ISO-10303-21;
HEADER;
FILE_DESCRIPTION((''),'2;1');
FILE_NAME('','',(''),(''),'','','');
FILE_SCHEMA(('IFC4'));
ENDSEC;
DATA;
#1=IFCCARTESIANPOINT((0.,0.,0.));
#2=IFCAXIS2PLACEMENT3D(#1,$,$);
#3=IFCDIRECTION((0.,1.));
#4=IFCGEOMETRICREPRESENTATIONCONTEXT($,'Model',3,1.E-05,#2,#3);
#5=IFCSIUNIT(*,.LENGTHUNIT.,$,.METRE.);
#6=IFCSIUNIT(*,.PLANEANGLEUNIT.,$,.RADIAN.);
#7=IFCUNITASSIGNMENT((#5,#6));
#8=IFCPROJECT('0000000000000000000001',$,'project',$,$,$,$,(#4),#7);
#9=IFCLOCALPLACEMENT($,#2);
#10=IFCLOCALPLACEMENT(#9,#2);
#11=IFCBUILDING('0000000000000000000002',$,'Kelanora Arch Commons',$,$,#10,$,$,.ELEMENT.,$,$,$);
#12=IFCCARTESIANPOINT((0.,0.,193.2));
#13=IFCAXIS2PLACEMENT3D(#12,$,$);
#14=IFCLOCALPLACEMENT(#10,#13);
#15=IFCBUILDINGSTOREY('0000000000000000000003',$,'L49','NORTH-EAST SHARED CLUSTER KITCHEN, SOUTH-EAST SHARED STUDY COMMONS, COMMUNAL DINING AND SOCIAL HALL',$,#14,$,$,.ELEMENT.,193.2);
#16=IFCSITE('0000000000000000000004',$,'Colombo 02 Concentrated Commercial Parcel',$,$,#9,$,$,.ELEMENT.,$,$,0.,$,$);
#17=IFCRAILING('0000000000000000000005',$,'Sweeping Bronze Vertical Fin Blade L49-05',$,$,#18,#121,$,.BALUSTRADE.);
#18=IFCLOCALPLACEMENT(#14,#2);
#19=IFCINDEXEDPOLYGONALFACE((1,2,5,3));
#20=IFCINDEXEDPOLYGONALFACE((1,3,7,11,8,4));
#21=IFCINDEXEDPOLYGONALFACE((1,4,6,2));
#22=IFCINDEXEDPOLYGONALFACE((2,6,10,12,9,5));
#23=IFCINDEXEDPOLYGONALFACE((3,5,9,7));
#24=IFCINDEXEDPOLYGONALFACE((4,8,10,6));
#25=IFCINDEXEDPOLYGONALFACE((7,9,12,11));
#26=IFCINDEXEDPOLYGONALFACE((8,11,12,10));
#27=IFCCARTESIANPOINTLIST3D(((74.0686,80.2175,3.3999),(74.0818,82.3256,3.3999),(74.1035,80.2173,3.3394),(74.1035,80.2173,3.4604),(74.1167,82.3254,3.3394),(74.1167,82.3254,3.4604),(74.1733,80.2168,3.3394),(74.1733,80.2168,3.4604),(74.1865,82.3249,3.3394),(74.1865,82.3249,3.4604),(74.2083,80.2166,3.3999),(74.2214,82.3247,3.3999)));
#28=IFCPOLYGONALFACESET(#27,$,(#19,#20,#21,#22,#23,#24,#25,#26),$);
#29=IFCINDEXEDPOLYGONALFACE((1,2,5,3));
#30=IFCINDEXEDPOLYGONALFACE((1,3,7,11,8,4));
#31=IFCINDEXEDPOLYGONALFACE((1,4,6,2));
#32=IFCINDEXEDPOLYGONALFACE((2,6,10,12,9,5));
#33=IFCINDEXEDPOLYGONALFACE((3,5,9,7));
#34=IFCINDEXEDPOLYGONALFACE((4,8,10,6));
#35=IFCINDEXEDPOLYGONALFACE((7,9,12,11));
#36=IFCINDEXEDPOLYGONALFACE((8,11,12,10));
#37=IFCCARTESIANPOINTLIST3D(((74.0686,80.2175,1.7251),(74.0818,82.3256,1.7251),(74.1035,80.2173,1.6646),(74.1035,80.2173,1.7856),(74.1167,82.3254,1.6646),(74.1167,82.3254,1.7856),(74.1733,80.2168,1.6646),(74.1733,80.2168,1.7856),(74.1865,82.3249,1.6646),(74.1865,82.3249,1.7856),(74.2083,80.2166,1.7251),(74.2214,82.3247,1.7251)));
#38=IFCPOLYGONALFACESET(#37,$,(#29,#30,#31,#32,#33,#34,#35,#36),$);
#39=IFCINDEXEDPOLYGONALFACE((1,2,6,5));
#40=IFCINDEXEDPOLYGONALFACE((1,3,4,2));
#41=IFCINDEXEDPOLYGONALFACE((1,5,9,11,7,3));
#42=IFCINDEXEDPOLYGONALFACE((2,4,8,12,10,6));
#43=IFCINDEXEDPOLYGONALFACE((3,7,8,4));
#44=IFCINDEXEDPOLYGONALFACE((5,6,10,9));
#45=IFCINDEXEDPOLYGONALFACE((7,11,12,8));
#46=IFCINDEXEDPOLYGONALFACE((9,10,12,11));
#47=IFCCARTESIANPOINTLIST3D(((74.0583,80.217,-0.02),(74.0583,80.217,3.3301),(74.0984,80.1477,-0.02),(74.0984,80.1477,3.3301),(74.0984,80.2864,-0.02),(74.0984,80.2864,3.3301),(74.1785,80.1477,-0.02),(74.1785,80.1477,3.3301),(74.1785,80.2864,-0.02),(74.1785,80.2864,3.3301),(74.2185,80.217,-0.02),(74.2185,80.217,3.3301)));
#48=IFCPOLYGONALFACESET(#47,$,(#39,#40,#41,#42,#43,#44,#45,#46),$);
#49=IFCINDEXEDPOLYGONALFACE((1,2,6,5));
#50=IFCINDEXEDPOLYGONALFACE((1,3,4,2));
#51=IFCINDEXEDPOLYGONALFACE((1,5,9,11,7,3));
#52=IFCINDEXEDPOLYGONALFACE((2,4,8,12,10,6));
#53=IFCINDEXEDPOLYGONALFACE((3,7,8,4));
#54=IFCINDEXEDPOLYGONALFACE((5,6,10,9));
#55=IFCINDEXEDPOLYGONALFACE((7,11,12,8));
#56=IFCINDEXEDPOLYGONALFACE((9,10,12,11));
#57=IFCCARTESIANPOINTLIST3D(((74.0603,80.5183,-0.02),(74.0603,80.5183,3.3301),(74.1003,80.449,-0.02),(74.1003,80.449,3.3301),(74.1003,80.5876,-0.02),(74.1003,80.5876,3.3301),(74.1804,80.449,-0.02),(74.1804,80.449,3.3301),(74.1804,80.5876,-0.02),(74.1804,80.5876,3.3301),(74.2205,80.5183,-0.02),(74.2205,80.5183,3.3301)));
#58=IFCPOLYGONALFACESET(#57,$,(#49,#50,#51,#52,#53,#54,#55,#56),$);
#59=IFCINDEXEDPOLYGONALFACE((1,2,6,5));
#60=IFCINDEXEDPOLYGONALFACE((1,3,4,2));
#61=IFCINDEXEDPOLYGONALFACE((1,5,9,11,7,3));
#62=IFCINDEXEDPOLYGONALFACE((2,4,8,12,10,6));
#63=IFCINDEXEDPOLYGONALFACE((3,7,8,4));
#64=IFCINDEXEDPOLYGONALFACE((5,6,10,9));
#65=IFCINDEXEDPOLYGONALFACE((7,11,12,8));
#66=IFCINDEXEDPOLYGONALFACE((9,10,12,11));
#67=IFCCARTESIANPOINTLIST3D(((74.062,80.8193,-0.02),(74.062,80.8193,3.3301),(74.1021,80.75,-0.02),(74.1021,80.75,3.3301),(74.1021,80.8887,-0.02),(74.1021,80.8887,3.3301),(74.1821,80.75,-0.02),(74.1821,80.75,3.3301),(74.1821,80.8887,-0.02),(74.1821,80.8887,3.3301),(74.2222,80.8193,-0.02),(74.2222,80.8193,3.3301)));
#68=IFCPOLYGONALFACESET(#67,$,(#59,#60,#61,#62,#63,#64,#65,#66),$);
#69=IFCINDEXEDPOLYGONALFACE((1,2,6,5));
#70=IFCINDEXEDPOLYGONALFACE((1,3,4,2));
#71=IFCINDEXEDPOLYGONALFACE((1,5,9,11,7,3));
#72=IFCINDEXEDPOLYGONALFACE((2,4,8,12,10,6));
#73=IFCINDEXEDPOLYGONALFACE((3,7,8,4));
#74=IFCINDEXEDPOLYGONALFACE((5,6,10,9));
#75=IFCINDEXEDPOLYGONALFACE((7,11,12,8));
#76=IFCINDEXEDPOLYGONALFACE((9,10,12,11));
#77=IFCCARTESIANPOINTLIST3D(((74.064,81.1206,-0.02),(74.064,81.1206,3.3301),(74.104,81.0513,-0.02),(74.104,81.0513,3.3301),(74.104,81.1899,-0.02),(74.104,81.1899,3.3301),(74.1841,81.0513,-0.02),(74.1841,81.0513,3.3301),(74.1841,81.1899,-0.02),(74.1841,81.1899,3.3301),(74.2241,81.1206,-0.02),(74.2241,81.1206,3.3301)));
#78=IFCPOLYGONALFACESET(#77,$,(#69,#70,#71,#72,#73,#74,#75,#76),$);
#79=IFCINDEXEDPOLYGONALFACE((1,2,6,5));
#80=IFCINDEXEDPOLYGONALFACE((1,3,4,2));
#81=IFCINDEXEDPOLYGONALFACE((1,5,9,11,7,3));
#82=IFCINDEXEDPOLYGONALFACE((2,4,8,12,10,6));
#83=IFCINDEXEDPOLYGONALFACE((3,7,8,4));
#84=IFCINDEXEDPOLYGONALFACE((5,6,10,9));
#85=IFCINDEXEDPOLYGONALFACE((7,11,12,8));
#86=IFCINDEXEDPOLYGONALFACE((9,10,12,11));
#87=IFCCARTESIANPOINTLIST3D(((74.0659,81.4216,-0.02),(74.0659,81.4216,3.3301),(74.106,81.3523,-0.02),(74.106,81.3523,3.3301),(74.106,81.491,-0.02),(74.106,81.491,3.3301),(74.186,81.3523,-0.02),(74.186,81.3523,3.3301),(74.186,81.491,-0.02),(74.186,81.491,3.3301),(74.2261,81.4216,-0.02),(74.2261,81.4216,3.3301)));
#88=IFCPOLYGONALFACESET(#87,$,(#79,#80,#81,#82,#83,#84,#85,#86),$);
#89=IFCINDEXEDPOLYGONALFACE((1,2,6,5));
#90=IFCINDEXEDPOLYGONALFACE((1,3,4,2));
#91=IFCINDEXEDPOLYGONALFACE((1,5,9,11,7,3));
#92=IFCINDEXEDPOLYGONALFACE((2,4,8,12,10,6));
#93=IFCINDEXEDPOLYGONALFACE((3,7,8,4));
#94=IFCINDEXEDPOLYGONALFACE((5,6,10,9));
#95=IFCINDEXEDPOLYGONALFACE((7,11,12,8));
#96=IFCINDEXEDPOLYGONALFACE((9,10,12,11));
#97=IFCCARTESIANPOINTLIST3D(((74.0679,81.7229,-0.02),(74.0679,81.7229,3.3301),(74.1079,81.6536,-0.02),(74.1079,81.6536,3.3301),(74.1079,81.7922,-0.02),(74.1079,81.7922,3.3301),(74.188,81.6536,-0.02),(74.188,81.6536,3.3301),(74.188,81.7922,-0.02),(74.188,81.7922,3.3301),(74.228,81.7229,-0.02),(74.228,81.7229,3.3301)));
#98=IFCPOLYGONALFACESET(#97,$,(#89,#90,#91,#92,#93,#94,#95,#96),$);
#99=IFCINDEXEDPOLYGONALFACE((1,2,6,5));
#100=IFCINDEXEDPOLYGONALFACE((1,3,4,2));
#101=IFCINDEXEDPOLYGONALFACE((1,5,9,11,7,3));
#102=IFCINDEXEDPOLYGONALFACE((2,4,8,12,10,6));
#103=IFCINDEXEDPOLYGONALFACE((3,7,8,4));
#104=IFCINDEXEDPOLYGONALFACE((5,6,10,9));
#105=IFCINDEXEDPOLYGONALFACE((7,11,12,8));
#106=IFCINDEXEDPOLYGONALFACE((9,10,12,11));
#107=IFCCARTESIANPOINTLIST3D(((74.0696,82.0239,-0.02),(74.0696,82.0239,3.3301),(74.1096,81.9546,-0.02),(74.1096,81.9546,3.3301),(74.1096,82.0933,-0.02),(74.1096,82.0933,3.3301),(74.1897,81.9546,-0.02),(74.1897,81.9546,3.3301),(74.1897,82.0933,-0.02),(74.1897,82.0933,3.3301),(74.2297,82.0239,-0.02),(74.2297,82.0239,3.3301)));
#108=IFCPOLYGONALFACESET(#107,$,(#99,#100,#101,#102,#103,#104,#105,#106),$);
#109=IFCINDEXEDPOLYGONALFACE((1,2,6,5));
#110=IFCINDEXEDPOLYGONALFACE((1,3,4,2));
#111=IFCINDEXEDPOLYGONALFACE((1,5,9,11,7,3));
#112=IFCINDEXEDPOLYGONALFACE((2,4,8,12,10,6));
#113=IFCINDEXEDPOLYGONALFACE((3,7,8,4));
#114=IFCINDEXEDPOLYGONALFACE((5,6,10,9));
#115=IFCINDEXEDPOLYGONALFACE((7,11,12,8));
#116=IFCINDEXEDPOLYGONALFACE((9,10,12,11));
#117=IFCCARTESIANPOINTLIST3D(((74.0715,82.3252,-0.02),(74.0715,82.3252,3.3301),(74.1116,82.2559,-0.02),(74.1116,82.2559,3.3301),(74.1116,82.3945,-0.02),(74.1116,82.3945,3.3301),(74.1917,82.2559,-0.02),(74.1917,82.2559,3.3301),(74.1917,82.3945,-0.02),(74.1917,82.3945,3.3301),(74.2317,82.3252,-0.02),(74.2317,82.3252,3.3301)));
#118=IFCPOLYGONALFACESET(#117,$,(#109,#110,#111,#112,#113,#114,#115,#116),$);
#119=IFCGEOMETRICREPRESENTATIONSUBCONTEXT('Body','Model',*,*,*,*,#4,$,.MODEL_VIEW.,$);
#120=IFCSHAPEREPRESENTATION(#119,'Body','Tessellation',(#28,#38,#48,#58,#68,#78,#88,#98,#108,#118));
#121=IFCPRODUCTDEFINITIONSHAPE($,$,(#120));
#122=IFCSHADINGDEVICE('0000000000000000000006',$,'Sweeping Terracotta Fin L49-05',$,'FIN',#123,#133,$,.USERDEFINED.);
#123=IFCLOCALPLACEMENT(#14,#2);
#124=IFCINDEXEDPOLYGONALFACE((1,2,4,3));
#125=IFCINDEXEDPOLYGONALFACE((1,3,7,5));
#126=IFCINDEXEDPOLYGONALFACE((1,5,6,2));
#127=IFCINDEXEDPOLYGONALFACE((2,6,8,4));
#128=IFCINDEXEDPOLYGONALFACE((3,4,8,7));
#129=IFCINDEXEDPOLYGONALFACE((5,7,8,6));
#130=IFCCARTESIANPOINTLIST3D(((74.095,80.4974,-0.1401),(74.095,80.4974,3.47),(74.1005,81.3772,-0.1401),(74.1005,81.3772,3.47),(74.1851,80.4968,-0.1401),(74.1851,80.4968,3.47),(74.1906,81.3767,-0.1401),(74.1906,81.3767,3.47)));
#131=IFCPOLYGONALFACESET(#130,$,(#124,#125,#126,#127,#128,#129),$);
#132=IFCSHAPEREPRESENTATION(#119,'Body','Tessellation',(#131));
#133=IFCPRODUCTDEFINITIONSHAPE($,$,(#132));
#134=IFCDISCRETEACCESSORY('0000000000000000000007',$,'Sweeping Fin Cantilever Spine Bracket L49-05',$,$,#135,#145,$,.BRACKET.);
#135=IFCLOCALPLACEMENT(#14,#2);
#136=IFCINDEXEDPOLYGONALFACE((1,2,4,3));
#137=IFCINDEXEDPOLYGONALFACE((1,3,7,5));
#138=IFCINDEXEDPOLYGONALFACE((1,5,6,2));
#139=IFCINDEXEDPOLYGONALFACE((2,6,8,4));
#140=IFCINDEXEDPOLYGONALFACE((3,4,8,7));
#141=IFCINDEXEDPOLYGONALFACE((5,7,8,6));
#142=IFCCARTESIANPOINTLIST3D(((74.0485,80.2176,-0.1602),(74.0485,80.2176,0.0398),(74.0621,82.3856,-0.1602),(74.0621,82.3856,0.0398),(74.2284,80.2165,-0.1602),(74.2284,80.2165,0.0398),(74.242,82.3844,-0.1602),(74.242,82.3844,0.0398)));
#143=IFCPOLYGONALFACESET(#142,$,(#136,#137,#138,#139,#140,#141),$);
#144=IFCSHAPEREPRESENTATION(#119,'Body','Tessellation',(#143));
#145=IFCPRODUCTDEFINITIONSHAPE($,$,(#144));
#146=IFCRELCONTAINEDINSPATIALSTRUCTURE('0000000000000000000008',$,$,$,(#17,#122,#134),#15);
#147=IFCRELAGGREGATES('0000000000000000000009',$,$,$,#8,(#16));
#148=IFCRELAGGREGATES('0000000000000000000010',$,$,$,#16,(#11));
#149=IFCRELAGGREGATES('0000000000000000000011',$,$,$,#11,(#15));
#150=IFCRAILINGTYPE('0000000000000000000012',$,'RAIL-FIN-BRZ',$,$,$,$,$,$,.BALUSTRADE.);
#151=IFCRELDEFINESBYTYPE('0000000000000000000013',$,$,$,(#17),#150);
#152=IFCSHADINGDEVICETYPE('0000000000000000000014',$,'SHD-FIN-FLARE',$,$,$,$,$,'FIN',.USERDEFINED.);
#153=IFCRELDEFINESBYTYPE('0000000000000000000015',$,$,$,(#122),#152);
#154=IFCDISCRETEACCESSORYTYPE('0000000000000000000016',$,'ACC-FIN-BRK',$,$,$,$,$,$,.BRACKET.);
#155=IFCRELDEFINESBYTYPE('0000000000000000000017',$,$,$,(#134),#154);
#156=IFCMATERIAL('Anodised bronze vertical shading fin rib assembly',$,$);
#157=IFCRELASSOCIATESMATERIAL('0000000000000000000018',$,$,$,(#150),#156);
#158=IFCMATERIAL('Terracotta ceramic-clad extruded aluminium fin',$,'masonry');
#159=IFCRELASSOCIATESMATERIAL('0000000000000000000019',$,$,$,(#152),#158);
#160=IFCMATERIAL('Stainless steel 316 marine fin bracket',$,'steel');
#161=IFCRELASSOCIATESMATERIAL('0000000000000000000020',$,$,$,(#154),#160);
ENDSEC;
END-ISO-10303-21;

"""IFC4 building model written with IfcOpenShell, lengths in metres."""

from ifc_helpers import new_model, si_unit, direction, frame, origin, origin_2d, place, context, subcontext, project, spatial, polyline, rectangle, outline, extrude, source, transform, mapped, material, type_object, element, save


model = new_model("IFC4")

# Units and contexts
model_context = context("Model", 3, precision=1e-05, world=origin(), true_north=direction((0.0, 1.0)))
body_context = subcontext(model_context, "Body", "Model", "MODEL_VIEW")
ifc_project = project(units=[si_unit("LENGTHUNIT", "METRE"), si_unit("PLANEANGLEUNIT", "RADIAN")], contexts=[model_context])

# Site, building, storey
site_placement = place(None, origin())
site = spatial("IfcSite", under=ifc_project, at=site_placement, Name="Colombo 02 Concentrated Commercial Parcel", CompositionType="ELEMENT", RefElevation=0.0)
building_placement = place(site_placement, origin())
building = spatial("IfcBuilding", under=site, at=building_placement, Name="Kelanora Arch Commons", CompositionType="ELEMENT")
storey_placement = place(building_placement, frame((0.0, 0.0, 193.2)))
storey = spatial("IfcBuildingStorey", under=building, at=storey_placement, Name="L49", Description="NORTH-EAST SHARED CLUSTER KITCHEN, SOUTH-EAST SHARED STUDY COMMONS, COMMUNAL DINING AND SOCIAL HALL", CompositionType="ELEMENT", Elevation=193.2)

# Railing
ifc_material_1 = material(Name="Anodised bronze vertical shading fin rib assembly")
railing_type = type_object("IfcRailingType", Name="RAIL-FIN-BRZ", PredefinedType="BALUSTRADE", material=ifc_material_1)
railing_1_placement = place(storey_placement, frame((74.1384, 80.217, -0.02)))
element("IfcRailing", 1, at=railing_1_placement, inside=storey, type_object=railing_type, Name="Sweeping Bronze Vertical Fin Blade L49-05", PredefinedType="BALUSTRADE", context=body_context, shape_type="SweptSolid", body=[
    extrude(outline(polyline([(0.0698, 0.0), (0.0349, 0.0605), (-0.0349, 0.0605), (-0.0698, 0.0), (-0.0349, -0.0605), (0.0349, -0.0605), (0.0698, 0.0)])), frame((0.0, 0.0, 3.4199), z_axis=(0.006253, 0.99998, 0.0), x_axis=(-0.99998, 0.006253, 0.0)), (0.0, 0.0, 1.0), 2.1082),
    extrude(outline(polyline([(0.0698, 0.0), (0.0349, 0.0605), (-0.0349, 0.0605), (-0.0698, 0.0), (-0.0349, -0.0605), (0.0349, -0.0605), (0.0698, 0.0)])), frame((0.0, 0.0, 1.7451), z_axis=(0.006253, 0.99998, 0.0), x_axis=(-0.99998, 0.006253, 0.0)), (0.0, 0.0, 1.0), 2.1082),
    extrude(outline(polyline([(0.0801, 0.0), (0.04, 0.0693), (-0.04, 0.0693), (-0.0801, 0.0), (-0.04, -0.0693), (0.04, -0.0693), (0.0801, 0.0)])), origin(), (0.0, 0.0, 1.0), 3.3501),
    extrude(outline(polyline([(0.0801, 0.0), (0.04, 0.0693), (-0.04, 0.0693), (-0.0801, 0.0), (-0.04, -0.0693), (0.04, -0.0693), (0.0801, 0.0)])), frame((0.002, 0.3013, 0.0)), (0.0, 0.0, 1.0), 3.3501),
    extrude(outline(polyline([(0.0801, 0.0), (0.04, 0.0693), (-0.04, 0.0693), (-0.0801, 0.0), (-0.04, -0.0693), (0.04, -0.0693), (0.0801, 0.0)])), frame((0.0037, 0.6023, 0.0)), (0.0, 0.0, 1.0), 3.3501),
    extrude(outline(polyline([(0.0801, 0.0), (0.04, 0.0693), (-0.04, 0.0693), (-0.0801, 0.0), (-0.04, -0.0693), (0.04, -0.0693), (0.0801, 0.0)])), frame((0.0056, 0.9036, 0.0)), (0.0, 0.0, 1.0), 3.3501),
    extrude(outline(polyline([(0.0801, 0.0), (0.04, 0.0693), (-0.04, 0.0693), (-0.0801, 0.0), (-0.04, -0.0693), (0.04, -0.0693), (0.0801, 0.0)])), frame((0.0076, 1.2046, 0.0)), (0.0, 0.0, 1.0), 3.3501),
    extrude(outline(polyline([(0.0801, 0.0), (0.04, 0.0693), (-0.04, 0.0693), (-0.0801, 0.0), (-0.04, -0.0693), (0.04, -0.0693), (0.0801, 0.0)])), frame((0.0095, 1.5059, 0.0)), (0.0, 0.0, 1.0), 3.3501),
    extrude(outline(polyline([(0.0801, 0.0), (0.04, 0.0693), (-0.04, 0.0693), (-0.0801, 0.0), (-0.04, -0.0693), (0.04, -0.0693), (0.0801, 0.0)])), frame((0.0112, 1.8069, 0.0)), (0.0, 0.0, 1.0), 3.3501),
    extrude(outline(polyline([(0.0801, 0.0), (0.04, 0.0693), (-0.04, 0.0693), (-0.0801, 0.0), (-0.04, -0.0693), (0.04, -0.0693), (0.0801, 0.0)])), frame((0.0132, 2.1082, 0.0)), (0.0, 0.0, 1.0), 3.3501),
])

# Shading device
ifc_material_2 = material(Name="Terracotta ceramic-clad extruded aluminium fin", Category="masonry")
shading_device_type = type_object("IfcShadingDeviceType", Name="SHD-FIN-FLARE", ElementType="FIN", PredefinedType="USERDEFINED", material=ifc_material_2)
shared_shape_1 = source(origin(), body_context, "Body", "SweptSolid", [
    extrude(rectangle(XDim=0.8799, YDim=0.0901, at=origin_2d()), origin(), (0.0, 0.0, 1.0), 3.6101),
])
shading_device_placement = place(storey_placement, frame((74.1428, 80.937, -0.1401), z_axis=(0.0, 0.0, 1.0), x_axis=(0.006283, 0.99998, 0.0)))
element("IfcShadingDevice", 2, at=shading_device_placement, inside=storey, type_object=shading_device_type, Name="Sweeping Terracotta Fin L49-05", ObjectType="FIN", PredefinedType="USERDEFINED", context=body_context, shape_type="MappedRepresentation", body=[
    mapped(shared_shape_1, transform((0.0, 0.0, 0.0), scale=1.0)),
])

# Discrete accessory
ifc_material_3 = material(Name="Stainless steel 316 marine fin bracket", Category="steel")
discrete_accessory_type = type_object("IfcDiscreteAccessoryType", Name="ACC-FIN-BRK", PredefinedType="BRACKET", material=ifc_material_3)
shared_shape_2 = source(origin(), body_context, "Body", "SweptSolid", [
    extrude(rectangle(XDim=2.168, YDim=0.1799, at=origin_2d()), origin(), (0.0, 0.0, 1.0), 0.2),
])
discrete_accessory_placement = place(storey_placement, frame((74.1453, 81.301, -0.1602), z_axis=(0.0, 0.0, 1.0), x_axis=(0.006283, 0.99998, 0.0)))
element("IfcDiscreteAccessory", 3, at=discrete_accessory_placement, inside=storey, type_object=discrete_accessory_type, Name="Sweeping Fin Cantilever Spine Bracket L49-05", PredefinedType="BRACKET", context=body_context, shape_type="MappedRepresentation", body=[
    mapped(shared_shape_2, transform((0.0, 0.0, 0.0), scale=1.0)),
])

save(model, "model.ifc")
